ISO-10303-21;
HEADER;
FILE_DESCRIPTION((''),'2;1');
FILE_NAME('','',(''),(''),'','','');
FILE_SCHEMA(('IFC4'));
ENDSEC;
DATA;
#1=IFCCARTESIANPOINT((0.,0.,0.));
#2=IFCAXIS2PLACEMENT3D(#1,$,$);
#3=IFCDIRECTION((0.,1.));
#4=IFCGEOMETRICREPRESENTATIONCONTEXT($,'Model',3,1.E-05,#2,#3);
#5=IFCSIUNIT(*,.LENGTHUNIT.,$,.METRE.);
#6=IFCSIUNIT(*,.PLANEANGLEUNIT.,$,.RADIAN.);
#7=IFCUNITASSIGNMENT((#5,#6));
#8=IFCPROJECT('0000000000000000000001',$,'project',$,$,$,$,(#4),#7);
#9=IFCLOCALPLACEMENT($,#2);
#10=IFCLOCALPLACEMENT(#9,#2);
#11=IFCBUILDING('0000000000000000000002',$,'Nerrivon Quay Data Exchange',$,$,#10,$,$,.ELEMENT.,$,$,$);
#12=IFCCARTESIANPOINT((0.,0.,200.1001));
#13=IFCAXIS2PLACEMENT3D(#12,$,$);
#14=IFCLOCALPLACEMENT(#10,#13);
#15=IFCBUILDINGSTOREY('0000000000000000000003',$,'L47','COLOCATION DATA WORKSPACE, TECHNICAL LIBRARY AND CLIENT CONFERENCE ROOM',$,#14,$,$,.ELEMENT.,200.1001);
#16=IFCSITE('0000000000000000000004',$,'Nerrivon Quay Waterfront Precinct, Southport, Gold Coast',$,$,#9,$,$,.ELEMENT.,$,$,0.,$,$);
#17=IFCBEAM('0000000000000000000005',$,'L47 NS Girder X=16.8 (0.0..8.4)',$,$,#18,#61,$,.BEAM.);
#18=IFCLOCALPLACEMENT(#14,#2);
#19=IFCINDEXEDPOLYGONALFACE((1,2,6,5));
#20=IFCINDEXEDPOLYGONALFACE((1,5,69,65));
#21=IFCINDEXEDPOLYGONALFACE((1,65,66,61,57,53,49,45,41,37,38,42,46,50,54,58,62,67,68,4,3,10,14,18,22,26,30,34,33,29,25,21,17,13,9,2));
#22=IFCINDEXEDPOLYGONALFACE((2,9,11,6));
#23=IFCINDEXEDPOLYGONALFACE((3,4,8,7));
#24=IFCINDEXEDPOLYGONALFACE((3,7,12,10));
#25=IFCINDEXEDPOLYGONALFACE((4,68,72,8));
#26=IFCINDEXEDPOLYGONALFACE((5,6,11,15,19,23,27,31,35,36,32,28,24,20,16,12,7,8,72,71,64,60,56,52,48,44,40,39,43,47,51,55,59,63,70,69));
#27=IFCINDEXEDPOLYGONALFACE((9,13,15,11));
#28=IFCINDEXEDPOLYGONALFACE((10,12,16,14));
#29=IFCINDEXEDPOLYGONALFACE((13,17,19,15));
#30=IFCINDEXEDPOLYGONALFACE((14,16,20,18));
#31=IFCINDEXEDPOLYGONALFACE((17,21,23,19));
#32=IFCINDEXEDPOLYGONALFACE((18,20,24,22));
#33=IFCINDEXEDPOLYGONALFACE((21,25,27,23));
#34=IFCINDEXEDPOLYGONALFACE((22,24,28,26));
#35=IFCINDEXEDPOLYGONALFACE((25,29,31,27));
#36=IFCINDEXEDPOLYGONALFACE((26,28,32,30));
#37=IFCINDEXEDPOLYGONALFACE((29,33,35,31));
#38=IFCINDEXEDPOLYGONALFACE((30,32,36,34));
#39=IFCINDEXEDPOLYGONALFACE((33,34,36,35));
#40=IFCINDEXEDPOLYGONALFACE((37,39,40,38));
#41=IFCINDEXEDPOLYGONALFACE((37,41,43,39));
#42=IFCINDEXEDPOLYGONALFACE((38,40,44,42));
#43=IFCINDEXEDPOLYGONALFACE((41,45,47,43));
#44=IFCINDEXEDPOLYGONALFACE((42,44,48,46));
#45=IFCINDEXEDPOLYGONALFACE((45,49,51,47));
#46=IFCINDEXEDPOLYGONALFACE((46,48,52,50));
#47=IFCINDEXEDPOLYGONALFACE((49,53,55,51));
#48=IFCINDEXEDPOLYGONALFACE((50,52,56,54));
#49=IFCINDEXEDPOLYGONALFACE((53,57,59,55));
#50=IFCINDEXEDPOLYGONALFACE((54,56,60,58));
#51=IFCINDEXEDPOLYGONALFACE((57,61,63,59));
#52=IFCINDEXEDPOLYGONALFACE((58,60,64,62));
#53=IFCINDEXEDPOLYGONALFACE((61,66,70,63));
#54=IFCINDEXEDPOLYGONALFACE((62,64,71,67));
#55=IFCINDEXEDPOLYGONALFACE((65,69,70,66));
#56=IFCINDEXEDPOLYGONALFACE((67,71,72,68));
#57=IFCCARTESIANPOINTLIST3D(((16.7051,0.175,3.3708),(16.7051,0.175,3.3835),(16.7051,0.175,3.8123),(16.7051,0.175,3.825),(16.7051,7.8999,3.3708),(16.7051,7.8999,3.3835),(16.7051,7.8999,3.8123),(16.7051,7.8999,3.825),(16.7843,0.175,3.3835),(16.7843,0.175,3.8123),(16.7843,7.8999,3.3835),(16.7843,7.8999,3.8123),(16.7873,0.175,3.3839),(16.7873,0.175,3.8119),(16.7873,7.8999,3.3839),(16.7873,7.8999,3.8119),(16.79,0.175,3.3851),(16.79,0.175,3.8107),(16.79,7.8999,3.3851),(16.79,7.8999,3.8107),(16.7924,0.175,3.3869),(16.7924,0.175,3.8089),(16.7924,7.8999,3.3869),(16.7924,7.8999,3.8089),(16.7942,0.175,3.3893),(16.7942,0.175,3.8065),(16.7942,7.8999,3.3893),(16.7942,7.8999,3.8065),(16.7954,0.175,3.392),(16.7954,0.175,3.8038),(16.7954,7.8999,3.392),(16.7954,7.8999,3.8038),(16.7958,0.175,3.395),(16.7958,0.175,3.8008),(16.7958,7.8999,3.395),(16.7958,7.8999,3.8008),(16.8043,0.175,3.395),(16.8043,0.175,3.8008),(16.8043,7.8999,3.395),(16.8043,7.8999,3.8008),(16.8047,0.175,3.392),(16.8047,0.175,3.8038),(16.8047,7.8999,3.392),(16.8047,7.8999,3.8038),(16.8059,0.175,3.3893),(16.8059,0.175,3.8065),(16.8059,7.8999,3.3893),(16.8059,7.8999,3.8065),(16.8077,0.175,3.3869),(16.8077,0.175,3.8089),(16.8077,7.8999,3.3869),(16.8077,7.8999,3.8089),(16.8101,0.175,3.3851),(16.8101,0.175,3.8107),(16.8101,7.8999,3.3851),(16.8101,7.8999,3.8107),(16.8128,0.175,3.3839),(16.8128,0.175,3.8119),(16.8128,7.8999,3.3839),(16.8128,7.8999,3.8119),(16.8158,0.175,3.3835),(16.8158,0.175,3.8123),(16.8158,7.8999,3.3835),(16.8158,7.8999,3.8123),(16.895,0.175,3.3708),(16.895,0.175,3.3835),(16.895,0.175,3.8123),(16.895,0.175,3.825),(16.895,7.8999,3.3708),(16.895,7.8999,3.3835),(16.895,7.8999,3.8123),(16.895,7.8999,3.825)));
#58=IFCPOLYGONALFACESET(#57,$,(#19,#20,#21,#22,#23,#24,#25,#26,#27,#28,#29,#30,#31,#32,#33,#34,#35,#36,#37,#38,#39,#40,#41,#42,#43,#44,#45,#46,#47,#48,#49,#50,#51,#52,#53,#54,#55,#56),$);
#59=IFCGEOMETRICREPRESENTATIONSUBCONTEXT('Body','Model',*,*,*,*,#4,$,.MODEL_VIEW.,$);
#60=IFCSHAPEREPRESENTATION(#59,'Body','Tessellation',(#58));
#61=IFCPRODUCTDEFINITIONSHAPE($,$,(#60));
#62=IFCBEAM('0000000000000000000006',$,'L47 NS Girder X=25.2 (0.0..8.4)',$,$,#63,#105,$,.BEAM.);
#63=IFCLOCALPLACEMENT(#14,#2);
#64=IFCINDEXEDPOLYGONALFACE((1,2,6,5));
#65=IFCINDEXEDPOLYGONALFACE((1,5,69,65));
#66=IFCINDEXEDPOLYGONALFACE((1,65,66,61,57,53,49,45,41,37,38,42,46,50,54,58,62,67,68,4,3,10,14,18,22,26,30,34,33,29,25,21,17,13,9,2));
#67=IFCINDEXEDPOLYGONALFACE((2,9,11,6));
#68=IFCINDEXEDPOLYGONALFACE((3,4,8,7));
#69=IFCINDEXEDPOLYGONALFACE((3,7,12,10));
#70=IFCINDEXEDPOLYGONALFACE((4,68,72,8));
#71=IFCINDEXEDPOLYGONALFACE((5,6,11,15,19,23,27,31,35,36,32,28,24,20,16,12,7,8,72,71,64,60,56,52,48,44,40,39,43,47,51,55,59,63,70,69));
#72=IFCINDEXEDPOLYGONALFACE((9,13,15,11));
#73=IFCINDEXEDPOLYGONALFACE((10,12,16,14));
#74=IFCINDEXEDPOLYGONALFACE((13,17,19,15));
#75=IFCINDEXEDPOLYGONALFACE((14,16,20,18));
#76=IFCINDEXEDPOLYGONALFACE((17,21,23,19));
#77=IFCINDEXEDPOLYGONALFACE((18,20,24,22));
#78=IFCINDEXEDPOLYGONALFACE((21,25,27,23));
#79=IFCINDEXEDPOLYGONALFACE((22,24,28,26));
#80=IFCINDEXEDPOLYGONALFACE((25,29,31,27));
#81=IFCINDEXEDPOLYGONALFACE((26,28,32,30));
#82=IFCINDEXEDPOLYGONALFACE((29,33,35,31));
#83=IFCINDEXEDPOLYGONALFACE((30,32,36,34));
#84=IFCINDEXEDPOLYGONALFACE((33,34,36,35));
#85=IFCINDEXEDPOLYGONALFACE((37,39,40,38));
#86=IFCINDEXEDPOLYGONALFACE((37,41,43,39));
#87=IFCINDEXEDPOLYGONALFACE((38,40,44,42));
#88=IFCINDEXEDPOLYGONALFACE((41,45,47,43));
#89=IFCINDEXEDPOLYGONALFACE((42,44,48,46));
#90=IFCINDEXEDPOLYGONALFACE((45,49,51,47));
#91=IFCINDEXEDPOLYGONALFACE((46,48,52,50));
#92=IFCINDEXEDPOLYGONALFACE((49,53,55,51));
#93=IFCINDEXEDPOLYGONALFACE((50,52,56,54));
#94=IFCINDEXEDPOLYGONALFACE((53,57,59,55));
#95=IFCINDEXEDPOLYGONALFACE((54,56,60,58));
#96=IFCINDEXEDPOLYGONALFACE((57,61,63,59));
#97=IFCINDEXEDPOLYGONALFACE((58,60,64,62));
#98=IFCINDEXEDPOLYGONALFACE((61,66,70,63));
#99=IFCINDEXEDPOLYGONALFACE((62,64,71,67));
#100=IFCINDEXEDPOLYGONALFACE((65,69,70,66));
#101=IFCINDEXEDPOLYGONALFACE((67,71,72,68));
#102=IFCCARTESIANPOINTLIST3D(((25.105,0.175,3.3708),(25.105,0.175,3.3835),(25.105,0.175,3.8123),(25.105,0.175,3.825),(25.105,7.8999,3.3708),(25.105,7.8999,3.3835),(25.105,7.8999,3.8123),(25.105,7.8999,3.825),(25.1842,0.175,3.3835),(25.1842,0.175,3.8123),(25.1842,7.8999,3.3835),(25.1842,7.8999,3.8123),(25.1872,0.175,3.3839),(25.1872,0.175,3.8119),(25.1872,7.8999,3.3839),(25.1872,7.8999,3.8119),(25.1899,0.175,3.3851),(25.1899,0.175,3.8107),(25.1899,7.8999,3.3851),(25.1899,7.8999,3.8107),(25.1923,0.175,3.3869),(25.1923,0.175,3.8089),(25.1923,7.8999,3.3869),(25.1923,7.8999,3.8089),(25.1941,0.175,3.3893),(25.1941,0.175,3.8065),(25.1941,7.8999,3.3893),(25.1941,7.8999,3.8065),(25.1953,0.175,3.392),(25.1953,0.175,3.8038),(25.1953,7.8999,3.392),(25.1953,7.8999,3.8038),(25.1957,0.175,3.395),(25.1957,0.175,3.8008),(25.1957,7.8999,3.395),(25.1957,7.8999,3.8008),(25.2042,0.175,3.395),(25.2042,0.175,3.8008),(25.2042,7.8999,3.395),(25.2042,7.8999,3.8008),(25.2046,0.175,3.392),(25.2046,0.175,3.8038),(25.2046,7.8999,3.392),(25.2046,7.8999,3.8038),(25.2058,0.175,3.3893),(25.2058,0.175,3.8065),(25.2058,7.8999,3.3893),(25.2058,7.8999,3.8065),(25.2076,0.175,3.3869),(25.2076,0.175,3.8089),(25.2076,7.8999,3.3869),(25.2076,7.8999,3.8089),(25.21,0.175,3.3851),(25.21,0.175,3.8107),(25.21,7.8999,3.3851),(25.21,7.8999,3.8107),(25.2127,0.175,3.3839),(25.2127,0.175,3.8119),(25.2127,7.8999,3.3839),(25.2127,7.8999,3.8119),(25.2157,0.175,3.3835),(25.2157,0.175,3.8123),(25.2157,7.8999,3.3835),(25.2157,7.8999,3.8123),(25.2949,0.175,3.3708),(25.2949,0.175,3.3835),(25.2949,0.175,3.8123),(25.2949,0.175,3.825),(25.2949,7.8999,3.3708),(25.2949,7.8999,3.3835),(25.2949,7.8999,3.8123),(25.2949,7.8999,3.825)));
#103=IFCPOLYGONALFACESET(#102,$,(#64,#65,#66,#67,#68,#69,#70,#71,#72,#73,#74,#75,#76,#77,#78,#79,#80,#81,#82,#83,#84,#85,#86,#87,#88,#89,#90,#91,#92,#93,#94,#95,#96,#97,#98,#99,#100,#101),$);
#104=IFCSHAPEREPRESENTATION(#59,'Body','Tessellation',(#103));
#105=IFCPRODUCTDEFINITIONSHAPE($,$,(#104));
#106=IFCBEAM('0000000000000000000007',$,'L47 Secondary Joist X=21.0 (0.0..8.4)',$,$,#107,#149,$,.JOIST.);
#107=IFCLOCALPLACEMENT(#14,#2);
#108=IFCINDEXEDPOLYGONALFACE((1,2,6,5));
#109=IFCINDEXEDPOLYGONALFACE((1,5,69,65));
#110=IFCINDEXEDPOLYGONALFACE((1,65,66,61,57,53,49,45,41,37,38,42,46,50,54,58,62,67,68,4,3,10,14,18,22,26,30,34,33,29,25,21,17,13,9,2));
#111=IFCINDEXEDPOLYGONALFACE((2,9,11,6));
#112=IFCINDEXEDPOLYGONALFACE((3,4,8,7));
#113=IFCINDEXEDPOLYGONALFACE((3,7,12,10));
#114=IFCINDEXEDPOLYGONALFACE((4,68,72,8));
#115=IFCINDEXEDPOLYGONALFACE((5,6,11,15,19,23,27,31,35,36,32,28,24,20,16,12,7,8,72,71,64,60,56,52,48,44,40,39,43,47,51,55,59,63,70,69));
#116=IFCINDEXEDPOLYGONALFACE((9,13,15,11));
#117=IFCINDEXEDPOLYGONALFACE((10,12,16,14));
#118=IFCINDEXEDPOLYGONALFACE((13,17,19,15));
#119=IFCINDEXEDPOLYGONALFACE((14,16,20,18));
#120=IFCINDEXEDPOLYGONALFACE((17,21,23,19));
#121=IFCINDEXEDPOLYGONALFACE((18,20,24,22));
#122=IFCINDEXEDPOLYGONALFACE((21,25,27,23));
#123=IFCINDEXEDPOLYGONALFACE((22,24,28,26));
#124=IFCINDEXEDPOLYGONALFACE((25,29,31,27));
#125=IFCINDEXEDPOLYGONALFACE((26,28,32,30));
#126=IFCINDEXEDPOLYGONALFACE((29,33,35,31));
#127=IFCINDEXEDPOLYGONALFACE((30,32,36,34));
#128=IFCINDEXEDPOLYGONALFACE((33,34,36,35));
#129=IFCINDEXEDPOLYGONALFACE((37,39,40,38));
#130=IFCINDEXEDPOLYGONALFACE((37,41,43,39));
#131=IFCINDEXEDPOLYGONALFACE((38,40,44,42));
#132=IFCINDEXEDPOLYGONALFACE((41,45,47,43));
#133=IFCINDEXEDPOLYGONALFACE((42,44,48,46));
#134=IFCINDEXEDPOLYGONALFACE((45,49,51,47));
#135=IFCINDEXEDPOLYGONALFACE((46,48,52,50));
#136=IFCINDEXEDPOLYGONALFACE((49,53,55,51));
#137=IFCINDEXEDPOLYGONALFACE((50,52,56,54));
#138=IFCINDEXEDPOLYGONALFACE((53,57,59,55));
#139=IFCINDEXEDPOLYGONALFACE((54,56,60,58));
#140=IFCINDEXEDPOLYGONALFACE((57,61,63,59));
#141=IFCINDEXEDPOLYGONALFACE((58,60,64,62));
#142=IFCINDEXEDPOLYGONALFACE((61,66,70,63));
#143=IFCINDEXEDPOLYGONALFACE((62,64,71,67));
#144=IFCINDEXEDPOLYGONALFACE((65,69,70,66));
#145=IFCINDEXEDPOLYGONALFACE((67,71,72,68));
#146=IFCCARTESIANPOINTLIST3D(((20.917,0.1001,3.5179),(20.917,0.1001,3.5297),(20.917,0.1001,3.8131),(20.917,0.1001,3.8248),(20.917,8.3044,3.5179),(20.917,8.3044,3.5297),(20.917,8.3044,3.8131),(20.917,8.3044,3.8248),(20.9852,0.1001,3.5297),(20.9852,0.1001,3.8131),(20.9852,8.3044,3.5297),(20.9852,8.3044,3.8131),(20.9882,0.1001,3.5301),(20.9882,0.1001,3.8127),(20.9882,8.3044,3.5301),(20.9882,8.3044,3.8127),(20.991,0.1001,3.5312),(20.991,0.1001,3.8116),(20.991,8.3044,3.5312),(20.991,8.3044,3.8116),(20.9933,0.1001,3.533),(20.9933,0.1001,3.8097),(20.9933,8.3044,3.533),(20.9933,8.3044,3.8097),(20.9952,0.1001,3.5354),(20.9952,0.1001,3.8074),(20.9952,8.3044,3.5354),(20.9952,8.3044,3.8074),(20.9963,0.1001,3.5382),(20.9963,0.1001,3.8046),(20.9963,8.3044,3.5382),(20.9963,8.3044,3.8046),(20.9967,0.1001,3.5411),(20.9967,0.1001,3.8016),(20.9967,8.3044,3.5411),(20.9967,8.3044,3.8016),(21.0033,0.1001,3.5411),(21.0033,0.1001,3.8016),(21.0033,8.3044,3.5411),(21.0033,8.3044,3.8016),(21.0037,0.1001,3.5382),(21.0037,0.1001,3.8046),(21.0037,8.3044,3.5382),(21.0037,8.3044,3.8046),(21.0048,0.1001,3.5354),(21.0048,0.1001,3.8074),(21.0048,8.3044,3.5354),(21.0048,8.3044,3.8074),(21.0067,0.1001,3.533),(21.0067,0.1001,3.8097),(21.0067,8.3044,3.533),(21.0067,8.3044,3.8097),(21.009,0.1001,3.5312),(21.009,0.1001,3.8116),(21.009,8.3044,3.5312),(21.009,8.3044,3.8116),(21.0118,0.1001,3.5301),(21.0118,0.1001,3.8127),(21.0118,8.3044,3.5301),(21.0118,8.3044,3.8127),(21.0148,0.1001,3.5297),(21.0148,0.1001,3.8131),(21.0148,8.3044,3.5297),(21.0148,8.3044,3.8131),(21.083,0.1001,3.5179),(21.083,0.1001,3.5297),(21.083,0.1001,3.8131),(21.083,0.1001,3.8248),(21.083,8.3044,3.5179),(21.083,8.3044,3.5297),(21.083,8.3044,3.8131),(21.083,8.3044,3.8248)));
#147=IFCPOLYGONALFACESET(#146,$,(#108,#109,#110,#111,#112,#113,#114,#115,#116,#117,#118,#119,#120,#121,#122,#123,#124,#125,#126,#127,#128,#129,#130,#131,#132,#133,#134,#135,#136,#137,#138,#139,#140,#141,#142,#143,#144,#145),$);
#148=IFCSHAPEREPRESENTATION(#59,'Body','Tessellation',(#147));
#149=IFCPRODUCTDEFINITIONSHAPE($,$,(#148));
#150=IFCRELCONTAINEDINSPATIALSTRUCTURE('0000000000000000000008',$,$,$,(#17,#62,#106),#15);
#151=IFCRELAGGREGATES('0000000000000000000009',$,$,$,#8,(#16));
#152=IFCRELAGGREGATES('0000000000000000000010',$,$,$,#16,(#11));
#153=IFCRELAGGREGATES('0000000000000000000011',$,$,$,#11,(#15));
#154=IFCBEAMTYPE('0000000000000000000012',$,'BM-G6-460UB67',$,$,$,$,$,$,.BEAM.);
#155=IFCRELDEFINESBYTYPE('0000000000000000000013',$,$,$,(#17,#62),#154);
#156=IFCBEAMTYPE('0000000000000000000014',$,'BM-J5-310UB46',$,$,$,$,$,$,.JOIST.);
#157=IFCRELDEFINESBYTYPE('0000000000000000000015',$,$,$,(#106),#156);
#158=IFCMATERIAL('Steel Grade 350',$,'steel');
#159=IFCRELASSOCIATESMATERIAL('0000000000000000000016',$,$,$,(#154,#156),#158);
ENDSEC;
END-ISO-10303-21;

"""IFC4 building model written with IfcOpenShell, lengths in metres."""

from ifc_helpers import new_model, si_unit, direction, frame, origin, origin_2d, place, context, subcontext, project, spatial, i_section, extrude, material, material_profile, profile_set, type_object, element, save


model = new_model("IFC4")

# Units and contexts
model_context = context("Model", 3, precision=1e-05, world=origin(), true_north=direction((0.0, 1.0)))
body_context = subcontext(model_context, "Body", "Model", "MODEL_VIEW")
ifc_project = project(units=[si_unit("LENGTHUNIT", "METRE"), si_unit("PLANEANGLEUNIT", "RADIAN")], contexts=[model_context])

# Site, building, storey
site_placement = place(None, origin())
site = spatial("IfcSite", under=ifc_project, at=site_placement, Name="Nerrivon Quay Waterfront Precinct, Southport, Gold Coast", CompositionType="ELEMENT", RefElevation=0.0)
building_placement = place(site_placement, origin())
building = spatial("IfcBuilding", under=site, at=building_placement, Name="Nerrivon Quay Data Exchange", CompositionType="ELEMENT")
storey_placement = place(building_placement, frame((0.0, 0.0, 200.1001)))
storey = spatial("IfcBuildingStorey", under=building, at=storey_placement, Name="L47", Description="COLOCATION DATA WORKSPACE, TECHNICAL LIBRARY AND CLIENT CONFERENCE ROOM", CompositionType="ELEMENT", Elevation=200.1001)

# Shared definitions
ifc_material_1 = material(Name="Steel Grade 350", Category="steel")

# Beams
ifc_material_profile_1 = material_profile(ifc_material_1, i_section(OverallWidth=0.1899, OverallDepth=0.4541, WebThickness=0.0085, FlangeThickness=0.0127, FilletRadius=0.0115, at=origin_2d()), Name="460UB67.1")
ifc_profile_set_1 = profile_set([ifc_material_profile_1], Name="Steel Grade 350")
beam_type_1 = type_object("IfcBeamType", Name="BM-G6-460UB67", PredefinedType="BEAM", material=ifc_profile_set_1)
for number, where, z_axis, x_axis, name in (
    (1, (16.8, 0.175, 3.5979), (0.0, 1.0, 0.0), (-1.0, 0.0, 0.0), "L47 NS Girder X=16.8 (0.0..8.4)"),
    (2, (25.2, 0.175, 3.5979), (0.0, 1.0, 0.0), (-1.0, 0.0, 0.0), "L47 NS Girder X=25.2 (0.0..8.4)"),
):
    element("IfcBeam", number, at=place(storey_placement, frame(where, z_axis=z_axis, x_axis=x_axis)), inside=storey, type_object=beam_type_1, Name=name, PredefinedType="BEAM", context=body_context, shape_type="SweptSolid", body=[
        extrude(i_section(OverallWidth=0.1899, OverallDepth=0.4541, WebThickness=0.0085, FlangeThickness=0.0127, FilletRadius=0.0115, at=origin_2d()), origin(), (0.0, 0.0, 1.0), 7.7249),
    ])
ifc_material_profile_2 = material_profile(ifc_material_1, i_section(OverallWidth=0.166, OverallDepth=0.3069, WebThickness=0.0066, FlangeThickness=0.0117, FilletRadius=0.0115, at=origin_2d()), Name="310UB46.2")
ifc_profile_set_2 = profile_set([ifc_material_profile_2], Name="Steel Grade 350")
beam_type_2 = type_object("IfcBeamType", Name="BM-J5-310UB46", PredefinedType="JOIST", material=ifc_profile_set_2)
beam_1_placement = place(storey_placement, frame((21.0, 0.1001, 3.6714), z_axis=(0.0, 1.0, 0.0), x_axis=(-1.0, 0.0, 0.0)))
element("IfcBeam", 3, at=beam_1_placement, inside=storey, type_object=beam_type_2, Name="L47 Secondary Joist X=21.0 (0.0..8.4)", PredefinedType="JOIST", context=body_context, shape_type="SweptSolid", body=[
    extrude(i_section(OverallWidth=0.166, OverallDepth=0.3069, WebThickness=0.0066, FlangeThickness=0.0117, FilletRadius=0.0115, at=origin_2d()), origin(), (0.0, 0.0, 1.0), 8.2043),
])

save(model, "model.ifc")
